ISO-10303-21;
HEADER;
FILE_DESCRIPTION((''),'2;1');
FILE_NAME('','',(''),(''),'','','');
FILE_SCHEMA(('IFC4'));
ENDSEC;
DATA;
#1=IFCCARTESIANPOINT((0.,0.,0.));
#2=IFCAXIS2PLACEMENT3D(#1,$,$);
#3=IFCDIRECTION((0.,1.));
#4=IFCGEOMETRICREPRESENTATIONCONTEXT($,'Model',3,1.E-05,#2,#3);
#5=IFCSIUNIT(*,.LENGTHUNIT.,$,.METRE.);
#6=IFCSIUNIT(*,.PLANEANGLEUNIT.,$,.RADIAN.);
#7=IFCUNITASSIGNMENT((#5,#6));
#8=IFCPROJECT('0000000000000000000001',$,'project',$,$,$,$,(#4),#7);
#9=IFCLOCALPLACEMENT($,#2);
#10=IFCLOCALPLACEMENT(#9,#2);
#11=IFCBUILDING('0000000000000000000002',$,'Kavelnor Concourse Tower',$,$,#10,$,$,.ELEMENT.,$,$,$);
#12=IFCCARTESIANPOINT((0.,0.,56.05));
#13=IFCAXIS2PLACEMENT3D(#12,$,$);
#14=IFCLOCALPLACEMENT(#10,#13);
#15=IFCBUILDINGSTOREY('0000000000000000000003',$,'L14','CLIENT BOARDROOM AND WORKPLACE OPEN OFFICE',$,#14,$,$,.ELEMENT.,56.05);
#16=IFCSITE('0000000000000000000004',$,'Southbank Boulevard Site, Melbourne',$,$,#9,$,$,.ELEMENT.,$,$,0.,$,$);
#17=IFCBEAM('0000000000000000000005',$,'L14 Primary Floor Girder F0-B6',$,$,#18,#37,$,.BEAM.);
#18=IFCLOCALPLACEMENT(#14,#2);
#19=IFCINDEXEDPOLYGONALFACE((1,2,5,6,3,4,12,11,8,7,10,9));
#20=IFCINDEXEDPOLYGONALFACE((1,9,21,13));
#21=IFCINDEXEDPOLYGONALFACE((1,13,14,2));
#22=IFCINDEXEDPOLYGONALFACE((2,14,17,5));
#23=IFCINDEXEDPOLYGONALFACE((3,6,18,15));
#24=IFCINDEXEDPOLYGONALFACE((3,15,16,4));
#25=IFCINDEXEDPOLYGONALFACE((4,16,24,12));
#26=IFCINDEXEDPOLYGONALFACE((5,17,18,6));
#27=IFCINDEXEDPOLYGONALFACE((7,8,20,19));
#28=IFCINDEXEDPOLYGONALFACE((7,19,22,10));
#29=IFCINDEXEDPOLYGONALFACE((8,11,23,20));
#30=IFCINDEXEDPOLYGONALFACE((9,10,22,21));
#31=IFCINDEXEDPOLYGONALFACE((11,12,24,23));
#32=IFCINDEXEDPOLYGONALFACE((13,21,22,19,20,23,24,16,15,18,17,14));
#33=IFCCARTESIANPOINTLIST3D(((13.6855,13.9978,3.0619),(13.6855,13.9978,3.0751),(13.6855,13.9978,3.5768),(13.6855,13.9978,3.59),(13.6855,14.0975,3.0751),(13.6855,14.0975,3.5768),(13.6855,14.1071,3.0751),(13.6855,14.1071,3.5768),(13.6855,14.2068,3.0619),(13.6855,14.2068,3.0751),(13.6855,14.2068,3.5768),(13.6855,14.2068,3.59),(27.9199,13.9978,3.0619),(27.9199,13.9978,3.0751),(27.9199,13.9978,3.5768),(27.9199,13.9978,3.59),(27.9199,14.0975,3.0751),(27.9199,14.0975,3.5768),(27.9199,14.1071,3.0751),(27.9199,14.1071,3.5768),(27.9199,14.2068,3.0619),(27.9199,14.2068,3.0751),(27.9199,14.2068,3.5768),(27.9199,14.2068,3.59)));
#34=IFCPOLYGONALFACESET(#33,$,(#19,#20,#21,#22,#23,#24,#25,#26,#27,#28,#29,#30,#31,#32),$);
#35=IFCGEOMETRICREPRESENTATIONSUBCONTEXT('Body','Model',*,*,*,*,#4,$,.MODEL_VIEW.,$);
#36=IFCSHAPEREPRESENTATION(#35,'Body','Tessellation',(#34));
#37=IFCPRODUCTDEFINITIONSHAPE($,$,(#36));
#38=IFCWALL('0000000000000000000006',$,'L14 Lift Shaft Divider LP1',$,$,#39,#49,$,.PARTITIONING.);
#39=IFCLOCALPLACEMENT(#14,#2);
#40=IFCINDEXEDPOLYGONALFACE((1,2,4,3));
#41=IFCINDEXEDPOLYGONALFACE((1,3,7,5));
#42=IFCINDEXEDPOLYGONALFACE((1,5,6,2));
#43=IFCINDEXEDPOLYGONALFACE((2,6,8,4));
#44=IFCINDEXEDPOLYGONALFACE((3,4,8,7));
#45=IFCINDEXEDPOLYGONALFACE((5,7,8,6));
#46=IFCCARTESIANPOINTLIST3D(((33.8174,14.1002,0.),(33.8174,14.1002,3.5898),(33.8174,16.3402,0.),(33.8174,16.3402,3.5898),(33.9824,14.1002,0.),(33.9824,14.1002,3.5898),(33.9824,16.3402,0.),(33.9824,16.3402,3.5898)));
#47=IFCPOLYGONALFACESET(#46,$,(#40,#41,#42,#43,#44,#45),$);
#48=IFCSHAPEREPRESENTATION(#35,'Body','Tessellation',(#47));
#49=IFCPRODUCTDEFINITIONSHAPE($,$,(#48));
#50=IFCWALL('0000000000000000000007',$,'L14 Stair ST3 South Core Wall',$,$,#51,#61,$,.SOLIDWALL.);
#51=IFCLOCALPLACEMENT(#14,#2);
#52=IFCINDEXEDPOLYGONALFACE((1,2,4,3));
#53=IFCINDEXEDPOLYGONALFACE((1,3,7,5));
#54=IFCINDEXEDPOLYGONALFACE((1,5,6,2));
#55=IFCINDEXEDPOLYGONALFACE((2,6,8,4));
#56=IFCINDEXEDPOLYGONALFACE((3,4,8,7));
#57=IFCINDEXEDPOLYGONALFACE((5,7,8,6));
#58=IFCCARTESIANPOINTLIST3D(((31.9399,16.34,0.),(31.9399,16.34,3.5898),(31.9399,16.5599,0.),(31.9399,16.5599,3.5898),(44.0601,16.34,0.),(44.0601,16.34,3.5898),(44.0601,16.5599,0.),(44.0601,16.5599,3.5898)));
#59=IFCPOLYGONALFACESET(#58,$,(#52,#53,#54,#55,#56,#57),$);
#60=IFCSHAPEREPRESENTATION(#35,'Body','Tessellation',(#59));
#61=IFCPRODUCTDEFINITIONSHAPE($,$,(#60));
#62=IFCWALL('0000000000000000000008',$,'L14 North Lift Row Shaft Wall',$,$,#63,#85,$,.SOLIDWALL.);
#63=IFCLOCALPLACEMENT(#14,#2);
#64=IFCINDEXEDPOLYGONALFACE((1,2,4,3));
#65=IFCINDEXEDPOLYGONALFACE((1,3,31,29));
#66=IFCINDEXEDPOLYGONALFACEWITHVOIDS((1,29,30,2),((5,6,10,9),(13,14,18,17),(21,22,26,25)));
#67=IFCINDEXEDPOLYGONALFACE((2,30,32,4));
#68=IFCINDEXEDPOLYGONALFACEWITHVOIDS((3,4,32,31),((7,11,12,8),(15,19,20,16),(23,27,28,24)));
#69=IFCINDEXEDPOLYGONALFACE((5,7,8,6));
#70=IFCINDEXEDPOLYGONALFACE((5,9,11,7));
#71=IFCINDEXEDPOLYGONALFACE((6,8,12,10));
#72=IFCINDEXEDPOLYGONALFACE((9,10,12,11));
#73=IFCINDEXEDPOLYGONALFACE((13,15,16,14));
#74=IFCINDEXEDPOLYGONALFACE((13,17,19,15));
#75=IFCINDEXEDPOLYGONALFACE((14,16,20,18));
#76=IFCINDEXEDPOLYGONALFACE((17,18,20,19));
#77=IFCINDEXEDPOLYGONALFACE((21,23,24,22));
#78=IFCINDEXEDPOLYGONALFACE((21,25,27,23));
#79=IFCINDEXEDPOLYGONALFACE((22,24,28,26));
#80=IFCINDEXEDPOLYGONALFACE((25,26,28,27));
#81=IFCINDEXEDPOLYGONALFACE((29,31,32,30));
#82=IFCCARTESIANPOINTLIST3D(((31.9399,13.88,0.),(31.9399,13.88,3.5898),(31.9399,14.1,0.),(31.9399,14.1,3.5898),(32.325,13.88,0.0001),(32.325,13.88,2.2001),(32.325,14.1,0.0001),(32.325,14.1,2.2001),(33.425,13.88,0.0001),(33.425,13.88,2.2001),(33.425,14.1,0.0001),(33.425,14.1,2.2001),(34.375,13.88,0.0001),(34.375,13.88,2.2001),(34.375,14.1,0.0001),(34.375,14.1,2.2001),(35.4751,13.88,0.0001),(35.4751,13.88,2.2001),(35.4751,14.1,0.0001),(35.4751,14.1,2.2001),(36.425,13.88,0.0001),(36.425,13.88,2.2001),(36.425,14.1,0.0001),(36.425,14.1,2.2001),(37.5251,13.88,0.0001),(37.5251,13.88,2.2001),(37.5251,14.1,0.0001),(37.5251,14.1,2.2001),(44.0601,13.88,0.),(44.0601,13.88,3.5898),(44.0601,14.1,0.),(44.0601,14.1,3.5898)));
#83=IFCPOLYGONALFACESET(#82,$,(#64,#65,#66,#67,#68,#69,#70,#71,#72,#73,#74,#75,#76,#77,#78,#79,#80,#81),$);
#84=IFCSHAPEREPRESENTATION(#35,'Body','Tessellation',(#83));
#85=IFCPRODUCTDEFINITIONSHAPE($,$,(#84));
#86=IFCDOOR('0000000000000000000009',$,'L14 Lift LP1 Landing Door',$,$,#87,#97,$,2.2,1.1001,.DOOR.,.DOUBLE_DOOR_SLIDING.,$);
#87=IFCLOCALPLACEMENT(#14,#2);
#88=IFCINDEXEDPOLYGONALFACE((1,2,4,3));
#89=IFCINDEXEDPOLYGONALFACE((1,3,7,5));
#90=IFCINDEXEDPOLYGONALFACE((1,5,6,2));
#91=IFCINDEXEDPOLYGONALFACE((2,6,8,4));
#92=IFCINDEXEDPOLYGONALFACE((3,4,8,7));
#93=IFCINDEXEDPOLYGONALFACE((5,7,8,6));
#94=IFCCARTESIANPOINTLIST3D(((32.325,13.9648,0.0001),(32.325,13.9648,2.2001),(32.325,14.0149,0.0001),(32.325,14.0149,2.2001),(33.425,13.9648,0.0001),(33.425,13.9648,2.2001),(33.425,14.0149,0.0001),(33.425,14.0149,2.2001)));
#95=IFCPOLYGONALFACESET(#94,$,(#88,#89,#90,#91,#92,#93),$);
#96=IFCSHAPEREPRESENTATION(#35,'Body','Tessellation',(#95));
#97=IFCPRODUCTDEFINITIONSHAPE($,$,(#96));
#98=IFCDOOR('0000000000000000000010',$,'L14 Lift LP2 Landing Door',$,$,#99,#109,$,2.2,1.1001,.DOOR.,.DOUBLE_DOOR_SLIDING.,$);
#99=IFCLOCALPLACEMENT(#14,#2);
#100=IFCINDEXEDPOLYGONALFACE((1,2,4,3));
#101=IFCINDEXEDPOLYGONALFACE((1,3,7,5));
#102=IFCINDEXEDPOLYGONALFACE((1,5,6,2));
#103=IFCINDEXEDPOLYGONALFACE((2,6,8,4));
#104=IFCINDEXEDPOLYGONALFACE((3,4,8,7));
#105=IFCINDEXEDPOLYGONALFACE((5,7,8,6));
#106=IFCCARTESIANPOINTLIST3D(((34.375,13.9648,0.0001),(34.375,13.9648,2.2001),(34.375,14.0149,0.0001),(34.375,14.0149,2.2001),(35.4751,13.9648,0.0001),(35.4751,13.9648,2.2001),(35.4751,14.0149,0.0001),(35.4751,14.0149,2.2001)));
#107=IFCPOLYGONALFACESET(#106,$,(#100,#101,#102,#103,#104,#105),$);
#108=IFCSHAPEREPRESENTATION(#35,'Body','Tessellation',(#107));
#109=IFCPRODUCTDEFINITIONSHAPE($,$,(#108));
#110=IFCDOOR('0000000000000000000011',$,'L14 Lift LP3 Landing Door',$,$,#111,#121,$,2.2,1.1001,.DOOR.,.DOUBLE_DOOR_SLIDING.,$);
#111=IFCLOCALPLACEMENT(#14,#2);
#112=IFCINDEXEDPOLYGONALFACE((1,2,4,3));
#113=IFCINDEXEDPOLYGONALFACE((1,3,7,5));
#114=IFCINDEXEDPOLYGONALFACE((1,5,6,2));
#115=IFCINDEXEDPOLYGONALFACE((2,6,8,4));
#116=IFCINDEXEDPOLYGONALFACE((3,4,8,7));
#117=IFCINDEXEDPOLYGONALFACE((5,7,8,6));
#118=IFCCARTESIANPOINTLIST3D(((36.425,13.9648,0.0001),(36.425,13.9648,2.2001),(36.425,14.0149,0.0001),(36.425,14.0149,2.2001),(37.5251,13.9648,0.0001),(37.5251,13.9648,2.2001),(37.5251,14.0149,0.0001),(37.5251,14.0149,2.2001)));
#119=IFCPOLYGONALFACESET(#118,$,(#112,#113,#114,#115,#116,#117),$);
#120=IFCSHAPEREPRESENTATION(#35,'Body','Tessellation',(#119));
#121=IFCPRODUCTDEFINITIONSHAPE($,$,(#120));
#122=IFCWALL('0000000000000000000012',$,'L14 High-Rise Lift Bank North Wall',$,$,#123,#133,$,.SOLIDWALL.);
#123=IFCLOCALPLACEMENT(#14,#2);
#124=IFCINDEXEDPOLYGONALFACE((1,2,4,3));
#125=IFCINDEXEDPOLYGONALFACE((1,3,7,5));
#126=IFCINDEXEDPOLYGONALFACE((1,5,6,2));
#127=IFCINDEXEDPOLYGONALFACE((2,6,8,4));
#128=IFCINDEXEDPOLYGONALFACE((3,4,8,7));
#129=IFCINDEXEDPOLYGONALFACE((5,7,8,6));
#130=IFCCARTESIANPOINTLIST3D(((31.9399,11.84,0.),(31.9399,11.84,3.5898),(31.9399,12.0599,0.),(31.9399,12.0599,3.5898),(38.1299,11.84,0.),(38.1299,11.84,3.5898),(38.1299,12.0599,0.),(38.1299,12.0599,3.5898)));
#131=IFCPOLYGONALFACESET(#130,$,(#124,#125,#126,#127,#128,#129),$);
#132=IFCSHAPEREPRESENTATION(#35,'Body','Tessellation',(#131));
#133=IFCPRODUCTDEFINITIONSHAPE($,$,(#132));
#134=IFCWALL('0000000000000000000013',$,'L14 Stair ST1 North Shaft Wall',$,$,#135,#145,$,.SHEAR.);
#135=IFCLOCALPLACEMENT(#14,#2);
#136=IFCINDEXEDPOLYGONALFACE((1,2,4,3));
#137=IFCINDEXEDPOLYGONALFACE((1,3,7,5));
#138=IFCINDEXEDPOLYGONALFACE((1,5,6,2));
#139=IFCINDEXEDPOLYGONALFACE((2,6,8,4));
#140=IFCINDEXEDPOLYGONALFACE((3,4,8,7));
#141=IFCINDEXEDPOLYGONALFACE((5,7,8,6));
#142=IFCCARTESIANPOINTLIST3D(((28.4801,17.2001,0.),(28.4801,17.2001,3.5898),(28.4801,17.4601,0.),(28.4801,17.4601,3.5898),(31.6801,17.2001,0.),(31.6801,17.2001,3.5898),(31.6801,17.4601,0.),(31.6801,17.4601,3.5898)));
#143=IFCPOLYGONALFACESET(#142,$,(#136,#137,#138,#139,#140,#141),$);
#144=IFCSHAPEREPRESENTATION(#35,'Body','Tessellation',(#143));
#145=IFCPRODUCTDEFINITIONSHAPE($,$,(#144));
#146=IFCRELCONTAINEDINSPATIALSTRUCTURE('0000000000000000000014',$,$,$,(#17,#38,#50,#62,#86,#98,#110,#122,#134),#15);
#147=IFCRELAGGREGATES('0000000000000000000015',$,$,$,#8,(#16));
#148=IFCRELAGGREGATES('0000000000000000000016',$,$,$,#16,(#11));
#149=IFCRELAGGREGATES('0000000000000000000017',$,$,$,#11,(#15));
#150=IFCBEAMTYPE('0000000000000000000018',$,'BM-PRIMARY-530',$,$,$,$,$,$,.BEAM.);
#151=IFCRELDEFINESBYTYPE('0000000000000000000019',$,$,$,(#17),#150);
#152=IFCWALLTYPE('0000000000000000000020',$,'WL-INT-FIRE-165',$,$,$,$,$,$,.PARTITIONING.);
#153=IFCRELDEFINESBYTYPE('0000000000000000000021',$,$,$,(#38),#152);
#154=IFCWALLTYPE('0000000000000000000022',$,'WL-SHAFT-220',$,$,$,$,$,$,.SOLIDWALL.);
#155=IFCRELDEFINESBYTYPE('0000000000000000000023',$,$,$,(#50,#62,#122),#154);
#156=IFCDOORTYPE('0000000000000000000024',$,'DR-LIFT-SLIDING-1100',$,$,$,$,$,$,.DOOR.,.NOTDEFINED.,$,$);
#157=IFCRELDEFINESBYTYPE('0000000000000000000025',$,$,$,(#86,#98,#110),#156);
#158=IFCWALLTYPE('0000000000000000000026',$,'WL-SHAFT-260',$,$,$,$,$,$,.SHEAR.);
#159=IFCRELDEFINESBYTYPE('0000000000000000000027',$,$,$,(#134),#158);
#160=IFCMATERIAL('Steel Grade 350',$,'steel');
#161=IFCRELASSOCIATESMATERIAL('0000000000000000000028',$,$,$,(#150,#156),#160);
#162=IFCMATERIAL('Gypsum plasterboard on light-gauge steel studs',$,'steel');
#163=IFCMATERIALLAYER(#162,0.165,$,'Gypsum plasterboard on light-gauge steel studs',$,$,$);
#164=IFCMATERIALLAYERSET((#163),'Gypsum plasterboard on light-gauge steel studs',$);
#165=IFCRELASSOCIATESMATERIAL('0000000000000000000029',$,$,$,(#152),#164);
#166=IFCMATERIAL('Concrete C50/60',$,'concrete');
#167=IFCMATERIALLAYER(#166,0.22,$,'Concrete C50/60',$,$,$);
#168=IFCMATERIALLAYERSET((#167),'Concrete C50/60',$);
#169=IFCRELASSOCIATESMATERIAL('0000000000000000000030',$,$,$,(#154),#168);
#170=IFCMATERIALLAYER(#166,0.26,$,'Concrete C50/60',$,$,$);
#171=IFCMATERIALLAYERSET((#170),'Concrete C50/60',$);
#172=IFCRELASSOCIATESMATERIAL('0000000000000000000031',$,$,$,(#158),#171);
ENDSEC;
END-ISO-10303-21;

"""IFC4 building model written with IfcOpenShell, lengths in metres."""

from ifc_helpers import new_model, si_unit, direction, frame, frame_2d, origin, origin_2d, place, context, subcontext, project, spatial, rectangle, i_section, extrude, material, layer, layer_set, material_profile, profile_set, type_object, element, fill, save


model = new_model("IFC4")

# Units and contexts
model_context = context("Model", 3, precision=1e-05, world=origin(), true_north=direction((0.0, 1.0)))
body_context = subcontext(model_context, "Body", "Model", "MODEL_VIEW")
ifc_project = project(units=[si_unit("LENGTHUNIT", "METRE"), si_unit("PLANEANGLEUNIT", "RADIAN")], contexts=[model_context])

# Site, building, storey
site_placement = place(None, origin())
site = spatial("IfcSite", under=ifc_project, at=site_placement, Name="Southbank Boulevard Site, Melbourne", CompositionType="ELEMENT", RefElevation=0.0)
building_placement = place(site_placement, origin())
building = spatial("IfcBuilding", under=site, at=building_placement, Name="Kavelnor Concourse Tower", CompositionType="ELEMENT")
storey_placement = place(building_placement, frame((0.0, 0.0, 56.05)))
storey = spatial("IfcBuildingStorey", under=building, at=storey_placement, Name="L14", Description="CLIENT BOARDROOM AND WORKPLACE OPEN OFFICE", CompositionType="ELEMENT", Elevation=56.05)

# Beam
ifc_material_1 = material(Name="Steel Grade 350", Category="steel")
ifc_material_profile = material_profile(ifc_material_1, i_section(OverallWidth=0.209, OverallDepth=0.5281, WebThickness=0.0095, FlangeThickness=0.0132, at=origin_2d()), Name="530UB82")
ifc_profile_set = profile_set([ifc_material_profile], Name="Steel Grade 350")
beam_type = type_object("IfcBeamType", Name="BM-PRIMARY-530", PredefinedType="BEAM", material=ifc_profile_set)
beam_placement = place(storey_placement, frame((27.9199, 14.1023, 3.3259), z_axis=(-1.0, 0.0, 0.0), x_axis=(0.0, -1.0, 0.0)))
element("IfcBeam", 1, at=beam_placement, inside=storey, type_object=beam_type, Name="L14 Primary Floor Girder F0-B6", PredefinedType="BEAM", context=body_context, shape_type="SweptSolid", body=[
    extrude(i_section(OverallWidth=0.209, OverallDepth=0.5281, WebThickness=0.0095, FlangeThickness=0.0132, at=origin_2d()), origin(), (0.0, 0.0, 1.0), 14.2344),
])

# Walls
ifc_material_2 = material(Name="Gypsum plasterboard on light-gauge steel studs", Category="steel")
ifc_layer_1 = layer(ifc_material_2, 0.165, Name="Gypsum plasterboard on light-gauge steel studs")
ifc_layer_set_1 = layer_set([ifc_layer_1], Name="Gypsum plasterboard on light-gauge steel studs")
wall_type_1 = type_object("IfcWallType", Name="WL-INT-FIRE-165", PredefinedType="PARTITIONING", material=ifc_layer_set_1)
wall_1_placement = place(storey_placement, frame((33.8999, 14.1001, 0.0), z_axis=(0.0, 0.0, 1.0), x_axis=(0.0, 1.0, 0.0)))
element("IfcWall", 2, at=wall_1_placement, inside=storey, type_object=wall_type_1, Name="L14 Lift Shaft Divider LP1", PredefinedType="PARTITIONING", context=body_context, shape_type="SweptSolid", body=[
    extrude(rectangle(XDim=2.24, YDim=0.165, at=frame_2d((1.1201, 0.0))), origin(), (0.0, 0.0, 1.0), 3.5898),
])
ifc_material_3 = material(Name="Concrete C50/60", Category="concrete")
ifc_layer_2 = layer(ifc_material_3, 0.22, Name="Concrete C50/60")
ifc_layer_set_2 = layer_set([ifc_layer_2], Name="Concrete C50/60")
wall_type_2 = type_object("IfcWallType", Name="WL-SHAFT-220", PredefinedType="SOLIDWALL", material=ifc_layer_set_2)
wall_2_placement = place(storey_placement, frame((31.9399, 16.45, 0.0), z_axis=(0.0, 0.0, 1.0), x_axis=(1.0, 0.0, 0.0)))
element("IfcWall", 3, at=wall_2_placement, inside=storey, type_object=wall_type_2, Name="L14 Stair ST3 South Core Wall", PredefinedType="SOLIDWALL", context=body_context, shape_type="SweptSolid", body=[
    extrude(rectangle(XDim=12.1201, YDim=0.22, at=frame_2d((6.0601, 0.0))), origin(), (0.0, 0.0, 1.0), 3.5898),
])

# Wall, openings, doors
wall_3_placement = place(storey_placement, frame((31.9399, 13.99, 0.0), z_axis=(0.0, 0.0, 1.0), x_axis=(1.0, 0.0, 0.0)))
wall_3 = element("IfcWall", 4, at=wall_3_placement, inside=storey, type_object=wall_type_2, Name="L14 North Lift Row Shaft Wall", PredefinedType="SOLIDWALL", context=body_context, shape_type="SweptSolid", body=[
    extrude(rectangle(XDim=12.1201, YDim=0.22, at=frame_2d((6.0601, 0.0))), origin(), (0.0, 0.0, 1.0), 3.5898),
])
opening_1_placement = place(wall_3_placement, frame((0.385, 0.0, 0.0)))
opening_1 = element("IfcOpeningElement", 5, at=opening_1_placement, cuts=wall_3, PredefinedType="OPENING", context=body_context, shape_type="SweptSolid", body=[
    extrude(rectangle(XDim=1.1001, YDim=2.2, at=frame_2d((0.55, 1.1001))), frame((0.0, 0.1201, 0.0), z_axis=(0.0, -1.0, 0.0), x_axis=(1.0, 0.0, 0.0)), (0.0, 0.0, 1.0), 0.24),
])
opening_2_placement = place(wall_3_placement, frame((2.4351, 0.0, 0.0)))
opening_2 = element("IfcOpeningElement", 6, at=opening_2_placement, cuts=wall_3, PredefinedType="OPENING", context=body_context, shape_type="SweptSolid", body=[
    extrude(rectangle(XDim=1.1001, YDim=2.2, at=frame_2d((0.55, 1.1001))), frame((0.0, 0.1201, 0.0), z_axis=(0.0, -1.0, 0.0), x_axis=(1.0, 0.0, 0.0)), (0.0, 0.0, 1.0), 0.24),
])
opening_3_placement = place(wall_3_placement, frame((4.4851, 0.0, 0.0)))
opening_3 = element("IfcOpeningElement", 7, at=opening_3_placement, cuts=wall_3, PredefinedType="OPENING", context=body_context, shape_type="SweptSolid", body=[
    extrude(rectangle(XDim=1.1001, YDim=2.2, at=frame_2d((0.55, 1.1001))), frame((0.0, 0.1201, 0.0), z_axis=(0.0, -1.0, 0.0), x_axis=(1.0, 0.0, 0.0)), (0.0, 0.0, 1.0), 0.24),
])
door_type = type_object("IfcDoorType", Name="DR-LIFT-SLIDING-1100", OperationType="NOTDEFINED", PredefinedType="DOOR", material=ifc_material_1)
door_1_placement = place(opening_1_placement, origin())
door_1 = element("IfcDoor", 8, at=door_1_placement, inside=storey, type_object=door_type, Name="L14 Lift LP1 Landing Door", OperationType="DOUBLE_DOOR_SLIDING", OverallHeight=2.2, OverallWidth=1.1001, PredefinedType="DOOR", context=body_context, shape_type="SweptSolid", body=[
    extrude(rectangle(XDim=1.1001, YDim=2.2, at=frame_2d((0.55, 1.1001))), frame((0.0, 0.0249, 0.0), z_axis=(0.0, -1.0, 0.0), x_axis=(1.0, 0.0, 0.0)), (0.0, 0.0, 1.0), 0.05),
])
fill(opening_1, door_1)
door_2_placement = place(opening_2_placement, origin())
door_2 = element("IfcDoor", 9, at=door_2_placement, inside=storey, type_object=door_type, Name="L14 Lift LP2 Landing Door", OperationType="DOUBLE_DOOR_SLIDING", OverallHeight=2.2, OverallWidth=1.1001, PredefinedType="DOOR", context=body_context, shape_type="SweptSolid", body=[
    extrude(rectangle(XDim=1.1001, YDim=2.2, at=frame_2d((0.55, 1.1001))), frame((0.0, 0.0249, 0.0), z_axis=(0.0, -1.0, 0.0), x_axis=(1.0, 0.0, 0.0)), (0.0, 0.0, 1.0), 0.05),
])
fill(opening_2, door_2)
door_3_placement = place(opening_3_placement, origin())
door_3 = element("IfcDoor", 10, at=door_3_placement, inside=storey, type_object=door_type, Name="L14 Lift LP3 Landing Door", OperationType="DOUBLE_DOOR_SLIDING", OverallHeight=2.2, OverallWidth=1.1001, PredefinedType="DOOR", context=body_context, shape_type="SweptSolid", body=[
    extrude(rectangle(XDim=1.1001, YDim=2.2, at=frame_2d((0.55, 1.1001))), frame((0.0, 0.0249, 0.0), z_axis=(0.0, -1.0, 0.0), x_axis=(1.0, 0.0, 0.0)), (0.0, 0.0, 1.0), 0.05),
])
fill(opening_3, door_3)

# Walls
wall_4_placement = place(storey_placement, frame((31.9399, 11.95, 0.0), z_axis=(0.0, 0.0, 1.0), x_axis=(1.0, 0.0, 0.0)))
element("IfcWall", 11, at=wall_4_placement, inside=storey, type_object=wall_type_2, Name="L14 High-Rise Lift Bank North Wall", PredefinedType="SOLIDWALL", context=body_context, shape_type="SweptSolid", body=[
    extrude(rectangle(XDim=6.1899, YDim=0.22, at=frame_2d((3.095, 0.0))), origin(), (0.0, 0.0, 1.0), 3.5898),
])
ifc_layer_3 = layer(ifc_material_3, 0.26, Name="Concrete C50/60")
ifc_layer_set_3 = layer_set([ifc_layer_3], Name="Concrete C50/60")
wall_type_3 = type_object("IfcWallType", Name="WL-SHAFT-260", PredefinedType="SHEAR", material=ifc_layer_set_3)
wall_5_placement = place(storey_placement, frame((28.48, 17.3301, 0.0), z_axis=(0.0, 0.0, 1.0), x_axis=(1.0, 0.0, 0.0)))
element("IfcWall", 12, at=wall_5_placement, inside=storey, type_object=wall_type_3, Name="L14 Stair ST1 North Shaft Wall", PredefinedType="SHEAR", context=body_context, shape_type="SweptSolid", body=[
    extrude(rectangle(XDim=3.2, YDim=0.26, at=frame_2d((1.6001, 0.0))), origin(), (0.0, 0.0, 1.0), 3.5898),
])

save(model, "model.ifc")
